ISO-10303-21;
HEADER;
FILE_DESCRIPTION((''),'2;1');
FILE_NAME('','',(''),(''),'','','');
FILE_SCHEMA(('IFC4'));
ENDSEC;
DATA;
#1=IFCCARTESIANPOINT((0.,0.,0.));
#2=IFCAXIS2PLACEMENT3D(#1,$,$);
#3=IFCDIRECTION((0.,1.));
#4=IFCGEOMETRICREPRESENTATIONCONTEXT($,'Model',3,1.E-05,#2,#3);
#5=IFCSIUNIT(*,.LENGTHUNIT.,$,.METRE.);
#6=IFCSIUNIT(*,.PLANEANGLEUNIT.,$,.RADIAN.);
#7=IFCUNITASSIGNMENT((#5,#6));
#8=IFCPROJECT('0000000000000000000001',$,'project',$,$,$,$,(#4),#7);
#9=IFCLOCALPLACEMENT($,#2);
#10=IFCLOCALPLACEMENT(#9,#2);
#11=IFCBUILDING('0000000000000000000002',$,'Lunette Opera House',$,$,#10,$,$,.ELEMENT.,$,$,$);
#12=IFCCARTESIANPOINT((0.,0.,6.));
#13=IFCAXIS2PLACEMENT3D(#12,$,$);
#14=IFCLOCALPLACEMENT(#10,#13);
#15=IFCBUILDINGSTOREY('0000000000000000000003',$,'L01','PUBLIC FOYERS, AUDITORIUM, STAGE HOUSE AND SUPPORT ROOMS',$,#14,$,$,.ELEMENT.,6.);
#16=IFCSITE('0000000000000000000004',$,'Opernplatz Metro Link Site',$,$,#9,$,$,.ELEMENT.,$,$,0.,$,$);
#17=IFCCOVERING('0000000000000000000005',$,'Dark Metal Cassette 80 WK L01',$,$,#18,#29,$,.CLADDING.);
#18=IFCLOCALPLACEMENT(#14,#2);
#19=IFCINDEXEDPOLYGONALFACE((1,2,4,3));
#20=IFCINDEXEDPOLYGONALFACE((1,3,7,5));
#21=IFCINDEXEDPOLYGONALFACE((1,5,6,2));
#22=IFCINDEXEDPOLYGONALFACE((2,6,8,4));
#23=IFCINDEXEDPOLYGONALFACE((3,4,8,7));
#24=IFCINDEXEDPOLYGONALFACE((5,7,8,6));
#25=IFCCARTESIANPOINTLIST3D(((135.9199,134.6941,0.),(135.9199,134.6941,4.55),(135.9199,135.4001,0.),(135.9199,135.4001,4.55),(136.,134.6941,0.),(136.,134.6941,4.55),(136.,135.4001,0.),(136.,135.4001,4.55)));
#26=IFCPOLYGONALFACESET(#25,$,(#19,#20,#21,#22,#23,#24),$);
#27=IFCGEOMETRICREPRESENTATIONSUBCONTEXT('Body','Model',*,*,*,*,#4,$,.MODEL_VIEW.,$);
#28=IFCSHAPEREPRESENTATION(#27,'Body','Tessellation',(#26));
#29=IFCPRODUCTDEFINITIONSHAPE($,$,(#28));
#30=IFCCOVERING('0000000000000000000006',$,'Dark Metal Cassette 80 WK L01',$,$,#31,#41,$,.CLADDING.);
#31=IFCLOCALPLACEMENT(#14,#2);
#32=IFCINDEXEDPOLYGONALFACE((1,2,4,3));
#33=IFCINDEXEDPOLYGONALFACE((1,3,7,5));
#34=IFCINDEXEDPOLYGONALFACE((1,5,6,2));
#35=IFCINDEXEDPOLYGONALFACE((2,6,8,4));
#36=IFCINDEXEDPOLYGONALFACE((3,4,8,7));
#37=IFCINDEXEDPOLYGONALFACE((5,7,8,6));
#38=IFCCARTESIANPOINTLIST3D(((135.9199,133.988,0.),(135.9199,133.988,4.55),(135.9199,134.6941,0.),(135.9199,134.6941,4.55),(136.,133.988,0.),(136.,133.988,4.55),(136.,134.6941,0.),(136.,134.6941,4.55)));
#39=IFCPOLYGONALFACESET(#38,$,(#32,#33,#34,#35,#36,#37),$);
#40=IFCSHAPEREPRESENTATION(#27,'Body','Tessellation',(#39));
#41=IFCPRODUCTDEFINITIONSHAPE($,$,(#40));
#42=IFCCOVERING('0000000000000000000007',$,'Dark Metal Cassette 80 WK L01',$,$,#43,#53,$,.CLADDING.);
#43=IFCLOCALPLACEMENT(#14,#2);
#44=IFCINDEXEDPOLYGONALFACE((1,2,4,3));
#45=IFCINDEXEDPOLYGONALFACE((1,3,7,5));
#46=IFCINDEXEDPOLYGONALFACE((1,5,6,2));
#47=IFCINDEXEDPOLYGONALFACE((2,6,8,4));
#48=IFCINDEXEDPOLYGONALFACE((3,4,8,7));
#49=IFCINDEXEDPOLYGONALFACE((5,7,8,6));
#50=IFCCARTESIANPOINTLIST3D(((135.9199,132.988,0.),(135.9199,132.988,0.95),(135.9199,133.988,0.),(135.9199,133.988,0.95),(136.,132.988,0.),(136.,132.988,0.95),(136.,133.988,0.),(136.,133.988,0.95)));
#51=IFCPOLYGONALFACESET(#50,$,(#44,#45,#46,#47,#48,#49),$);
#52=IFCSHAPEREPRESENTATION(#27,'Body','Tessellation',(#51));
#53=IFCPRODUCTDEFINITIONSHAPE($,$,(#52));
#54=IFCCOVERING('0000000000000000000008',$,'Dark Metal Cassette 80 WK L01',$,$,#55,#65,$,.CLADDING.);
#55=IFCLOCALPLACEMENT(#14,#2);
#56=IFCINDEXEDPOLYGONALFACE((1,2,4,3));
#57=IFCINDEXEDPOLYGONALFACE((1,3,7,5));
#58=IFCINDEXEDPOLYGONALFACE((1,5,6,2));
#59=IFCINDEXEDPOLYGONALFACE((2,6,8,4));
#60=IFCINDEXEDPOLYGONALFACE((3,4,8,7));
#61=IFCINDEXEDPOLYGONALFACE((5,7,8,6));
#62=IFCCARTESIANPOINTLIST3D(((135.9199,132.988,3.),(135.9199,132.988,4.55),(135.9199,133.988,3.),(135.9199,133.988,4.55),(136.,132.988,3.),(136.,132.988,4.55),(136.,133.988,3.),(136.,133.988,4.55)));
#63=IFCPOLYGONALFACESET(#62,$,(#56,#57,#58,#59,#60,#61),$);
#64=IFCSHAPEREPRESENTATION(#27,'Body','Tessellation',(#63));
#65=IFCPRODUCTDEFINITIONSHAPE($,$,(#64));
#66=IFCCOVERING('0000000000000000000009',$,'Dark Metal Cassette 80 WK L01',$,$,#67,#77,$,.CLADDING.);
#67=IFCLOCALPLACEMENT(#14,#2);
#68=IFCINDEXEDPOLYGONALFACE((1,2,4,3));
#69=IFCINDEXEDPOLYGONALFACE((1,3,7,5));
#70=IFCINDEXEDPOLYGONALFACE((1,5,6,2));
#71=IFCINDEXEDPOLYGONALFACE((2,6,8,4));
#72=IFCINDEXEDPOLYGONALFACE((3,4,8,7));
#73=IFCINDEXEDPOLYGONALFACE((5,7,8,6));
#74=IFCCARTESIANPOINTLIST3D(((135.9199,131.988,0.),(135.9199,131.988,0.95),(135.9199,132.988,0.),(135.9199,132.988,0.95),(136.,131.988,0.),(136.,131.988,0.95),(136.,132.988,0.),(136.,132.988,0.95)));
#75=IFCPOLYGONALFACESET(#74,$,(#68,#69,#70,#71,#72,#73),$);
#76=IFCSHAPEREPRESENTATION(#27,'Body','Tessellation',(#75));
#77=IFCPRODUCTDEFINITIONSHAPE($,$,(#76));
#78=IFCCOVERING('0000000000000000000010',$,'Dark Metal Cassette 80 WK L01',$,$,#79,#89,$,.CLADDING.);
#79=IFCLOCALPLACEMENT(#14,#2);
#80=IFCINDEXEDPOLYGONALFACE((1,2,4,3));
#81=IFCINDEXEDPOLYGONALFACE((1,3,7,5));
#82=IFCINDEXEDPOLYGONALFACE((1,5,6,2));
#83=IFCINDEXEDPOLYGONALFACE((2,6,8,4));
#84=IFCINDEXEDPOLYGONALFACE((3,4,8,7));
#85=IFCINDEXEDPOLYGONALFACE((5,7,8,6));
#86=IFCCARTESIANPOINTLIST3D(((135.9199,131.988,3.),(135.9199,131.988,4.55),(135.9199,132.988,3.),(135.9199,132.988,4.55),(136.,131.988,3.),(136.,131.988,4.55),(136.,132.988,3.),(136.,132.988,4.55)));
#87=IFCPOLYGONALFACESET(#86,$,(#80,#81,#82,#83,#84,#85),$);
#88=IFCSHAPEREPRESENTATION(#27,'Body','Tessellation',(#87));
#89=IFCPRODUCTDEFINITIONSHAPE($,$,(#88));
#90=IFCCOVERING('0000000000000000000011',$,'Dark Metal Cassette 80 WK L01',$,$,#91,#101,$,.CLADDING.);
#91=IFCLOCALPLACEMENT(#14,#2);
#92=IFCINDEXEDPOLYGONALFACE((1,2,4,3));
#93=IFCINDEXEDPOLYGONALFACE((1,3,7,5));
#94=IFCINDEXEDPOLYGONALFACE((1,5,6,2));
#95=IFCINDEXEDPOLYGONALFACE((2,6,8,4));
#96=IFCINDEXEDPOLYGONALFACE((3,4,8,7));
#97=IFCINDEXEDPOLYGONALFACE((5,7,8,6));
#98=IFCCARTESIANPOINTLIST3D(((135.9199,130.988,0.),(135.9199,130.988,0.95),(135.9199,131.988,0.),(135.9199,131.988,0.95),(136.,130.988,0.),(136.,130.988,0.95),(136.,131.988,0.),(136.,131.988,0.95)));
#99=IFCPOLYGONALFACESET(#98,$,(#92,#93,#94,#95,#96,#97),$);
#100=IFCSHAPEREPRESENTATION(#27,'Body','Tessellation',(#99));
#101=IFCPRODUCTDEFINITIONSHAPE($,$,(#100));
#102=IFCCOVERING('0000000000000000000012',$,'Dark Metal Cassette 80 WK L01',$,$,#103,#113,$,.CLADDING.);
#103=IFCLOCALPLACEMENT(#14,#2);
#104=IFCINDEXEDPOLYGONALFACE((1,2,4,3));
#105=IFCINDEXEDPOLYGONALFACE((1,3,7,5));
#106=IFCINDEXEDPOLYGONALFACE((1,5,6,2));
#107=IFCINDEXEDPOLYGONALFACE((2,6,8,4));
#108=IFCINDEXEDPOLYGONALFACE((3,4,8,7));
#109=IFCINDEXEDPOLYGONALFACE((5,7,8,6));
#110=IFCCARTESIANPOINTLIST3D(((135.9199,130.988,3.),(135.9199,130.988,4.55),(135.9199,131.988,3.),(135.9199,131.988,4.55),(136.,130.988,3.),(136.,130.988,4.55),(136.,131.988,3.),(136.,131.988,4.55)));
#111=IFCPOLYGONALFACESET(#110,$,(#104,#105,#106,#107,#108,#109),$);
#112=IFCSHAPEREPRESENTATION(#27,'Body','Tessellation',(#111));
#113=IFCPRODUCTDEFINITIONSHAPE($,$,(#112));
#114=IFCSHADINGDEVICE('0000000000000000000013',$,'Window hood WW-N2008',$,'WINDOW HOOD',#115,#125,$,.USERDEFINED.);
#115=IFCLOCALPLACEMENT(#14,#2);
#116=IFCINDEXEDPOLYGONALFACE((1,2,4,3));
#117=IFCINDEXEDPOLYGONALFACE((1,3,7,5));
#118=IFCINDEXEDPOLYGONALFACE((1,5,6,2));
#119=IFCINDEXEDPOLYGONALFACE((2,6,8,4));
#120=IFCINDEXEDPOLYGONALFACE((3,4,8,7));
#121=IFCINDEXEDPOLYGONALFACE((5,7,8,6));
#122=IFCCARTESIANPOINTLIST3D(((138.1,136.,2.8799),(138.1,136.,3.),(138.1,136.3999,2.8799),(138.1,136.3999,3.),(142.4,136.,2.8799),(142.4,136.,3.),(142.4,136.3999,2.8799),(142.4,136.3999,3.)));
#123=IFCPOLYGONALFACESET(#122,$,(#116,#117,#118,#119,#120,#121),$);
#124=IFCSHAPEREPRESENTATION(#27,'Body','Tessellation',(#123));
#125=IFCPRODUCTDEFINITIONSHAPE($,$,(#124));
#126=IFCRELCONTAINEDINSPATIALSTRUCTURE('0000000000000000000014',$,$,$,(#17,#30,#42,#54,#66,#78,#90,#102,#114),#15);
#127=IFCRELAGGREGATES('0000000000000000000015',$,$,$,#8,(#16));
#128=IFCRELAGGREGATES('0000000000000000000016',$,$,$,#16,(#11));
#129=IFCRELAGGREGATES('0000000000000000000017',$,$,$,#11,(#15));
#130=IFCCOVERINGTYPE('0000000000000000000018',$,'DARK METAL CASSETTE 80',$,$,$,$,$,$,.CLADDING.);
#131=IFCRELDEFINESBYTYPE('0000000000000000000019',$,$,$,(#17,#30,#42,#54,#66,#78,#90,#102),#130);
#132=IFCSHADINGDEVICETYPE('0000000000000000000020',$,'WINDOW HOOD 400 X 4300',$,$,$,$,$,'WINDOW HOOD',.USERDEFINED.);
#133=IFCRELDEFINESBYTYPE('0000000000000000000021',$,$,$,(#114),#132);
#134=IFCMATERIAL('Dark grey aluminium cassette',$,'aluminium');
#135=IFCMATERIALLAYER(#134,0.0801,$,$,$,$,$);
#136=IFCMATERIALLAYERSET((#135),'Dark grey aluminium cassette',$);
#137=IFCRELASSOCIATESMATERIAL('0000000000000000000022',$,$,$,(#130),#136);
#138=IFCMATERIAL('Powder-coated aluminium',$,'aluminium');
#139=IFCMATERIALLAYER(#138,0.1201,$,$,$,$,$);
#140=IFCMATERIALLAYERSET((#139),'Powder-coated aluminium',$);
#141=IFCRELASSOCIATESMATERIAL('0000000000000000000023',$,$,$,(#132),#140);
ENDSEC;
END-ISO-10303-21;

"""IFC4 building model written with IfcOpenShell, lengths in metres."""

from ifc_helpers import new_model, si_unit, direction, frame, origin, origin_2d, place, context, subcontext, project, spatial, rectangle, extrude, material, layer, layer_set, type_object, element, save


model = new_model("IFC4")

# Units and contexts
model_context = context("Model", 3, precision=1e-05, world=origin(), true_north=direction((0.0, 1.0)))
body_context = subcontext(model_context, "Body", "Model", "MODEL_VIEW")
ifc_project = project(units=[si_unit("LENGTHUNIT", "METRE"), si_unit("PLANEANGLEUNIT", "RADIAN")], contexts=[model_context])

# Site, building, storey
site_placement = place(None, origin())
site = spatial("IfcSite", under=ifc_project, at=site_placement, Name="Opernplatz Metro Link Site", CompositionType="ELEMENT", RefElevation=0.0)
building_placement = place(site_placement, origin())
building = spatial("IfcBuilding", under=site, at=building_placement, Name="Lunette Opera House", CompositionType="ELEMENT")
storey_placement = place(building_placement, frame((0.0, 0.0, 6.0)))
storey = spatial("IfcBuildingStorey", under=building, at=storey_placement, Name="L01", Description="PUBLIC FOYERS, AUDITORIUM, STAGE HOUSE AND SUPPORT ROOMS", CompositionType="ELEMENT", Elevation=6.0)

# Coverings
ifc_material_1 = material(Name="Dark grey aluminium cassette", Category="aluminium")
ifc_layer_1 = layer(ifc_material_1, 0.0801)
ifc_layer_set_1 = layer_set([ifc_layer_1], Name="Dark grey aluminium cassette")
covering_type = type_object("IfcCoveringType", Name="DARK METAL CASSETTE 80", PredefinedType="CLADDING", material=ifc_layer_set_1)
for number, where, z_axis, x_axis, name in (
    (1, (135.96, 135.0471, 0.0), (0.0, 0.0, 1.0), (0.0, -1.0, 0.0), "Dark Metal Cassette 80 WK L01"),
    (2, (135.96, 134.3411, 0.0), (0.0, 0.0, 1.0), (0.0, -1.0, 0.0), "Dark Metal Cassette 80 WK L01"),
):
    element("IfcCovering", number, at=place(storey_placement, frame(where, z_axis=z_axis, x_axis=x_axis)), inside=storey, type_object=covering_type, Name=name, PredefinedType="CLADDING", context=body_context, shape_type="SweptSolid", body=[
        extrude(rectangle(XDim=0.7061, YDim=0.0801, at=origin_2d()), origin(), (0.0, 0.0, 1.0), 4.55),
    ])
covering_1_placement = place(storey_placement, frame((135.96, 133.488, 0.0), z_axis=(0.0, 0.0, 1.0), x_axis=(0.0, -1.0, 0.0)))
element("IfcCovering", 3, at=covering_1_placement, inside=storey, type_object=covering_type, Name="Dark Metal Cassette 80 WK L01", PredefinedType="CLADDING", context=body_context, shape_type="SweptSolid", body=[
    extrude(rectangle(XDim=1.0, YDim=0.0801, at=origin_2d()), origin(), (0.0, 0.0, 1.0), 0.95),
])
covering_2_placement = place(storey_placement, frame((135.96, 133.488, 3.0), z_axis=(0.0, 0.0, 1.0), x_axis=(0.0, -1.0, 0.0)))
element("IfcCovering", 4, at=covering_2_placement, inside=storey, type_object=covering_type, Name="Dark Metal Cassette 80 WK L01", PredefinedType="CLADDING", context=body_context, shape_type="SweptSolid", body=[
    extrude(rectangle(XDim=1.0, YDim=0.0801, at=origin_2d()), origin(), (0.0, 0.0, 1.0), 1.55),
])
covering_3_placement = place(storey_placement, frame((135.96, 132.488, 0.0), z_axis=(0.0, 0.0, 1.0), x_axis=(0.0, -1.0, 0.0)))
element("IfcCovering", 5, at=covering_3_placement, inside=storey, type_object=covering_type, Name="Dark Metal Cassette 80 WK L01", PredefinedType="CLADDING", context=body_context, shape_type="SweptSolid", body=[
    extrude(rectangle(XDim=1.0, YDim=0.0801, at=origin_2d()), origin(), (0.0, 0.0, 1.0), 0.95),
])
covering_4_placement = place(storey_placement, frame((135.96, 132.488, 3.0), z_axis=(0.0, 0.0, 1.0), x_axis=(0.0, -1.0, 0.0)))
element("IfcCovering", 6, at=covering_4_placement, inside=storey, type_object=covering_type, Name="Dark Metal Cassette 80 WK L01", PredefinedType="CLADDING", context=body_context, shape_type="SweptSolid", body=[
    extrude(rectangle(XDim=1.0, YDim=0.0801, at=origin_2d()), origin(), (0.0, 0.0, 1.0), 1.55),
])
covering_5_placement = place(storey_placement, frame((135.96, 131.488, 0.0), z_axis=(0.0, 0.0, 1.0), x_axis=(0.0, -1.0, 0.0)))
element("IfcCovering", 7, at=covering_5_placement, inside=storey, type_object=covering_type, Name="Dark Metal Cassette 80 WK L01", PredefinedType="CLADDING", context=body_context, shape_type="SweptSolid", body=[
    extrude(rectangle(XDim=1.0, YDim=0.0801, at=origin_2d()), origin(), (0.0, 0.0, 1.0), 0.95),
])
covering_6_placement = place(storey_placement, frame((135.96, 131.488, 3.0), z_axis=(0.0, 0.0, 1.0), x_axis=(0.0, -1.0, 0.0)))
element("IfcCovering", 8, at=covering_6_placement, inside=storey, type_object=covering_type, Name="Dark Metal Cassette 80 WK L01", PredefinedType="CLADDING", context=body_context, shape_type="SweptSolid", body=[
    extrude(rectangle(XDim=1.0, YDim=0.0801, at=origin_2d()), origin(), (0.0, 0.0, 1.0), 1.55),
])

# Shading device
ifc_material_2 = material(Name="Powder-coated aluminium", Category="aluminium")
ifc_layer_2 = layer(ifc_material_2, 0.1201)
ifc_layer_set_2 = layer_set([ifc_layer_2], Name="Powder-coated aluminium")
shading_device_type = type_object("IfcShadingDeviceType", Name="WINDOW HOOD 400 X 4300", ElementType="WINDOW HOOD", PredefinedType="USERDEFINED", material=ifc_layer_set_2)
shading_device_placement = place(storey_placement, frame((140.25, 136.2, 2.8799), z_axis=(0.0, 0.0, 1.0), x_axis=(0.0, 1.0, 0.0)))
element("IfcShadingDevice", 9, at=shading_device_placement, inside=storey, type_object=shading_device_type, Name="Window hood WW-N2008", ObjectType="WINDOW HOOD", PredefinedType="USERDEFINED", context=body_context, shape_type="SweptSolid", body=[
    extrude(rectangle(XDim=0.3999, YDim=4.3, at=origin_2d()), origin(), (0.0, 0.0, 1.0), 0.1201),
])

save(model, "model.ifc")
